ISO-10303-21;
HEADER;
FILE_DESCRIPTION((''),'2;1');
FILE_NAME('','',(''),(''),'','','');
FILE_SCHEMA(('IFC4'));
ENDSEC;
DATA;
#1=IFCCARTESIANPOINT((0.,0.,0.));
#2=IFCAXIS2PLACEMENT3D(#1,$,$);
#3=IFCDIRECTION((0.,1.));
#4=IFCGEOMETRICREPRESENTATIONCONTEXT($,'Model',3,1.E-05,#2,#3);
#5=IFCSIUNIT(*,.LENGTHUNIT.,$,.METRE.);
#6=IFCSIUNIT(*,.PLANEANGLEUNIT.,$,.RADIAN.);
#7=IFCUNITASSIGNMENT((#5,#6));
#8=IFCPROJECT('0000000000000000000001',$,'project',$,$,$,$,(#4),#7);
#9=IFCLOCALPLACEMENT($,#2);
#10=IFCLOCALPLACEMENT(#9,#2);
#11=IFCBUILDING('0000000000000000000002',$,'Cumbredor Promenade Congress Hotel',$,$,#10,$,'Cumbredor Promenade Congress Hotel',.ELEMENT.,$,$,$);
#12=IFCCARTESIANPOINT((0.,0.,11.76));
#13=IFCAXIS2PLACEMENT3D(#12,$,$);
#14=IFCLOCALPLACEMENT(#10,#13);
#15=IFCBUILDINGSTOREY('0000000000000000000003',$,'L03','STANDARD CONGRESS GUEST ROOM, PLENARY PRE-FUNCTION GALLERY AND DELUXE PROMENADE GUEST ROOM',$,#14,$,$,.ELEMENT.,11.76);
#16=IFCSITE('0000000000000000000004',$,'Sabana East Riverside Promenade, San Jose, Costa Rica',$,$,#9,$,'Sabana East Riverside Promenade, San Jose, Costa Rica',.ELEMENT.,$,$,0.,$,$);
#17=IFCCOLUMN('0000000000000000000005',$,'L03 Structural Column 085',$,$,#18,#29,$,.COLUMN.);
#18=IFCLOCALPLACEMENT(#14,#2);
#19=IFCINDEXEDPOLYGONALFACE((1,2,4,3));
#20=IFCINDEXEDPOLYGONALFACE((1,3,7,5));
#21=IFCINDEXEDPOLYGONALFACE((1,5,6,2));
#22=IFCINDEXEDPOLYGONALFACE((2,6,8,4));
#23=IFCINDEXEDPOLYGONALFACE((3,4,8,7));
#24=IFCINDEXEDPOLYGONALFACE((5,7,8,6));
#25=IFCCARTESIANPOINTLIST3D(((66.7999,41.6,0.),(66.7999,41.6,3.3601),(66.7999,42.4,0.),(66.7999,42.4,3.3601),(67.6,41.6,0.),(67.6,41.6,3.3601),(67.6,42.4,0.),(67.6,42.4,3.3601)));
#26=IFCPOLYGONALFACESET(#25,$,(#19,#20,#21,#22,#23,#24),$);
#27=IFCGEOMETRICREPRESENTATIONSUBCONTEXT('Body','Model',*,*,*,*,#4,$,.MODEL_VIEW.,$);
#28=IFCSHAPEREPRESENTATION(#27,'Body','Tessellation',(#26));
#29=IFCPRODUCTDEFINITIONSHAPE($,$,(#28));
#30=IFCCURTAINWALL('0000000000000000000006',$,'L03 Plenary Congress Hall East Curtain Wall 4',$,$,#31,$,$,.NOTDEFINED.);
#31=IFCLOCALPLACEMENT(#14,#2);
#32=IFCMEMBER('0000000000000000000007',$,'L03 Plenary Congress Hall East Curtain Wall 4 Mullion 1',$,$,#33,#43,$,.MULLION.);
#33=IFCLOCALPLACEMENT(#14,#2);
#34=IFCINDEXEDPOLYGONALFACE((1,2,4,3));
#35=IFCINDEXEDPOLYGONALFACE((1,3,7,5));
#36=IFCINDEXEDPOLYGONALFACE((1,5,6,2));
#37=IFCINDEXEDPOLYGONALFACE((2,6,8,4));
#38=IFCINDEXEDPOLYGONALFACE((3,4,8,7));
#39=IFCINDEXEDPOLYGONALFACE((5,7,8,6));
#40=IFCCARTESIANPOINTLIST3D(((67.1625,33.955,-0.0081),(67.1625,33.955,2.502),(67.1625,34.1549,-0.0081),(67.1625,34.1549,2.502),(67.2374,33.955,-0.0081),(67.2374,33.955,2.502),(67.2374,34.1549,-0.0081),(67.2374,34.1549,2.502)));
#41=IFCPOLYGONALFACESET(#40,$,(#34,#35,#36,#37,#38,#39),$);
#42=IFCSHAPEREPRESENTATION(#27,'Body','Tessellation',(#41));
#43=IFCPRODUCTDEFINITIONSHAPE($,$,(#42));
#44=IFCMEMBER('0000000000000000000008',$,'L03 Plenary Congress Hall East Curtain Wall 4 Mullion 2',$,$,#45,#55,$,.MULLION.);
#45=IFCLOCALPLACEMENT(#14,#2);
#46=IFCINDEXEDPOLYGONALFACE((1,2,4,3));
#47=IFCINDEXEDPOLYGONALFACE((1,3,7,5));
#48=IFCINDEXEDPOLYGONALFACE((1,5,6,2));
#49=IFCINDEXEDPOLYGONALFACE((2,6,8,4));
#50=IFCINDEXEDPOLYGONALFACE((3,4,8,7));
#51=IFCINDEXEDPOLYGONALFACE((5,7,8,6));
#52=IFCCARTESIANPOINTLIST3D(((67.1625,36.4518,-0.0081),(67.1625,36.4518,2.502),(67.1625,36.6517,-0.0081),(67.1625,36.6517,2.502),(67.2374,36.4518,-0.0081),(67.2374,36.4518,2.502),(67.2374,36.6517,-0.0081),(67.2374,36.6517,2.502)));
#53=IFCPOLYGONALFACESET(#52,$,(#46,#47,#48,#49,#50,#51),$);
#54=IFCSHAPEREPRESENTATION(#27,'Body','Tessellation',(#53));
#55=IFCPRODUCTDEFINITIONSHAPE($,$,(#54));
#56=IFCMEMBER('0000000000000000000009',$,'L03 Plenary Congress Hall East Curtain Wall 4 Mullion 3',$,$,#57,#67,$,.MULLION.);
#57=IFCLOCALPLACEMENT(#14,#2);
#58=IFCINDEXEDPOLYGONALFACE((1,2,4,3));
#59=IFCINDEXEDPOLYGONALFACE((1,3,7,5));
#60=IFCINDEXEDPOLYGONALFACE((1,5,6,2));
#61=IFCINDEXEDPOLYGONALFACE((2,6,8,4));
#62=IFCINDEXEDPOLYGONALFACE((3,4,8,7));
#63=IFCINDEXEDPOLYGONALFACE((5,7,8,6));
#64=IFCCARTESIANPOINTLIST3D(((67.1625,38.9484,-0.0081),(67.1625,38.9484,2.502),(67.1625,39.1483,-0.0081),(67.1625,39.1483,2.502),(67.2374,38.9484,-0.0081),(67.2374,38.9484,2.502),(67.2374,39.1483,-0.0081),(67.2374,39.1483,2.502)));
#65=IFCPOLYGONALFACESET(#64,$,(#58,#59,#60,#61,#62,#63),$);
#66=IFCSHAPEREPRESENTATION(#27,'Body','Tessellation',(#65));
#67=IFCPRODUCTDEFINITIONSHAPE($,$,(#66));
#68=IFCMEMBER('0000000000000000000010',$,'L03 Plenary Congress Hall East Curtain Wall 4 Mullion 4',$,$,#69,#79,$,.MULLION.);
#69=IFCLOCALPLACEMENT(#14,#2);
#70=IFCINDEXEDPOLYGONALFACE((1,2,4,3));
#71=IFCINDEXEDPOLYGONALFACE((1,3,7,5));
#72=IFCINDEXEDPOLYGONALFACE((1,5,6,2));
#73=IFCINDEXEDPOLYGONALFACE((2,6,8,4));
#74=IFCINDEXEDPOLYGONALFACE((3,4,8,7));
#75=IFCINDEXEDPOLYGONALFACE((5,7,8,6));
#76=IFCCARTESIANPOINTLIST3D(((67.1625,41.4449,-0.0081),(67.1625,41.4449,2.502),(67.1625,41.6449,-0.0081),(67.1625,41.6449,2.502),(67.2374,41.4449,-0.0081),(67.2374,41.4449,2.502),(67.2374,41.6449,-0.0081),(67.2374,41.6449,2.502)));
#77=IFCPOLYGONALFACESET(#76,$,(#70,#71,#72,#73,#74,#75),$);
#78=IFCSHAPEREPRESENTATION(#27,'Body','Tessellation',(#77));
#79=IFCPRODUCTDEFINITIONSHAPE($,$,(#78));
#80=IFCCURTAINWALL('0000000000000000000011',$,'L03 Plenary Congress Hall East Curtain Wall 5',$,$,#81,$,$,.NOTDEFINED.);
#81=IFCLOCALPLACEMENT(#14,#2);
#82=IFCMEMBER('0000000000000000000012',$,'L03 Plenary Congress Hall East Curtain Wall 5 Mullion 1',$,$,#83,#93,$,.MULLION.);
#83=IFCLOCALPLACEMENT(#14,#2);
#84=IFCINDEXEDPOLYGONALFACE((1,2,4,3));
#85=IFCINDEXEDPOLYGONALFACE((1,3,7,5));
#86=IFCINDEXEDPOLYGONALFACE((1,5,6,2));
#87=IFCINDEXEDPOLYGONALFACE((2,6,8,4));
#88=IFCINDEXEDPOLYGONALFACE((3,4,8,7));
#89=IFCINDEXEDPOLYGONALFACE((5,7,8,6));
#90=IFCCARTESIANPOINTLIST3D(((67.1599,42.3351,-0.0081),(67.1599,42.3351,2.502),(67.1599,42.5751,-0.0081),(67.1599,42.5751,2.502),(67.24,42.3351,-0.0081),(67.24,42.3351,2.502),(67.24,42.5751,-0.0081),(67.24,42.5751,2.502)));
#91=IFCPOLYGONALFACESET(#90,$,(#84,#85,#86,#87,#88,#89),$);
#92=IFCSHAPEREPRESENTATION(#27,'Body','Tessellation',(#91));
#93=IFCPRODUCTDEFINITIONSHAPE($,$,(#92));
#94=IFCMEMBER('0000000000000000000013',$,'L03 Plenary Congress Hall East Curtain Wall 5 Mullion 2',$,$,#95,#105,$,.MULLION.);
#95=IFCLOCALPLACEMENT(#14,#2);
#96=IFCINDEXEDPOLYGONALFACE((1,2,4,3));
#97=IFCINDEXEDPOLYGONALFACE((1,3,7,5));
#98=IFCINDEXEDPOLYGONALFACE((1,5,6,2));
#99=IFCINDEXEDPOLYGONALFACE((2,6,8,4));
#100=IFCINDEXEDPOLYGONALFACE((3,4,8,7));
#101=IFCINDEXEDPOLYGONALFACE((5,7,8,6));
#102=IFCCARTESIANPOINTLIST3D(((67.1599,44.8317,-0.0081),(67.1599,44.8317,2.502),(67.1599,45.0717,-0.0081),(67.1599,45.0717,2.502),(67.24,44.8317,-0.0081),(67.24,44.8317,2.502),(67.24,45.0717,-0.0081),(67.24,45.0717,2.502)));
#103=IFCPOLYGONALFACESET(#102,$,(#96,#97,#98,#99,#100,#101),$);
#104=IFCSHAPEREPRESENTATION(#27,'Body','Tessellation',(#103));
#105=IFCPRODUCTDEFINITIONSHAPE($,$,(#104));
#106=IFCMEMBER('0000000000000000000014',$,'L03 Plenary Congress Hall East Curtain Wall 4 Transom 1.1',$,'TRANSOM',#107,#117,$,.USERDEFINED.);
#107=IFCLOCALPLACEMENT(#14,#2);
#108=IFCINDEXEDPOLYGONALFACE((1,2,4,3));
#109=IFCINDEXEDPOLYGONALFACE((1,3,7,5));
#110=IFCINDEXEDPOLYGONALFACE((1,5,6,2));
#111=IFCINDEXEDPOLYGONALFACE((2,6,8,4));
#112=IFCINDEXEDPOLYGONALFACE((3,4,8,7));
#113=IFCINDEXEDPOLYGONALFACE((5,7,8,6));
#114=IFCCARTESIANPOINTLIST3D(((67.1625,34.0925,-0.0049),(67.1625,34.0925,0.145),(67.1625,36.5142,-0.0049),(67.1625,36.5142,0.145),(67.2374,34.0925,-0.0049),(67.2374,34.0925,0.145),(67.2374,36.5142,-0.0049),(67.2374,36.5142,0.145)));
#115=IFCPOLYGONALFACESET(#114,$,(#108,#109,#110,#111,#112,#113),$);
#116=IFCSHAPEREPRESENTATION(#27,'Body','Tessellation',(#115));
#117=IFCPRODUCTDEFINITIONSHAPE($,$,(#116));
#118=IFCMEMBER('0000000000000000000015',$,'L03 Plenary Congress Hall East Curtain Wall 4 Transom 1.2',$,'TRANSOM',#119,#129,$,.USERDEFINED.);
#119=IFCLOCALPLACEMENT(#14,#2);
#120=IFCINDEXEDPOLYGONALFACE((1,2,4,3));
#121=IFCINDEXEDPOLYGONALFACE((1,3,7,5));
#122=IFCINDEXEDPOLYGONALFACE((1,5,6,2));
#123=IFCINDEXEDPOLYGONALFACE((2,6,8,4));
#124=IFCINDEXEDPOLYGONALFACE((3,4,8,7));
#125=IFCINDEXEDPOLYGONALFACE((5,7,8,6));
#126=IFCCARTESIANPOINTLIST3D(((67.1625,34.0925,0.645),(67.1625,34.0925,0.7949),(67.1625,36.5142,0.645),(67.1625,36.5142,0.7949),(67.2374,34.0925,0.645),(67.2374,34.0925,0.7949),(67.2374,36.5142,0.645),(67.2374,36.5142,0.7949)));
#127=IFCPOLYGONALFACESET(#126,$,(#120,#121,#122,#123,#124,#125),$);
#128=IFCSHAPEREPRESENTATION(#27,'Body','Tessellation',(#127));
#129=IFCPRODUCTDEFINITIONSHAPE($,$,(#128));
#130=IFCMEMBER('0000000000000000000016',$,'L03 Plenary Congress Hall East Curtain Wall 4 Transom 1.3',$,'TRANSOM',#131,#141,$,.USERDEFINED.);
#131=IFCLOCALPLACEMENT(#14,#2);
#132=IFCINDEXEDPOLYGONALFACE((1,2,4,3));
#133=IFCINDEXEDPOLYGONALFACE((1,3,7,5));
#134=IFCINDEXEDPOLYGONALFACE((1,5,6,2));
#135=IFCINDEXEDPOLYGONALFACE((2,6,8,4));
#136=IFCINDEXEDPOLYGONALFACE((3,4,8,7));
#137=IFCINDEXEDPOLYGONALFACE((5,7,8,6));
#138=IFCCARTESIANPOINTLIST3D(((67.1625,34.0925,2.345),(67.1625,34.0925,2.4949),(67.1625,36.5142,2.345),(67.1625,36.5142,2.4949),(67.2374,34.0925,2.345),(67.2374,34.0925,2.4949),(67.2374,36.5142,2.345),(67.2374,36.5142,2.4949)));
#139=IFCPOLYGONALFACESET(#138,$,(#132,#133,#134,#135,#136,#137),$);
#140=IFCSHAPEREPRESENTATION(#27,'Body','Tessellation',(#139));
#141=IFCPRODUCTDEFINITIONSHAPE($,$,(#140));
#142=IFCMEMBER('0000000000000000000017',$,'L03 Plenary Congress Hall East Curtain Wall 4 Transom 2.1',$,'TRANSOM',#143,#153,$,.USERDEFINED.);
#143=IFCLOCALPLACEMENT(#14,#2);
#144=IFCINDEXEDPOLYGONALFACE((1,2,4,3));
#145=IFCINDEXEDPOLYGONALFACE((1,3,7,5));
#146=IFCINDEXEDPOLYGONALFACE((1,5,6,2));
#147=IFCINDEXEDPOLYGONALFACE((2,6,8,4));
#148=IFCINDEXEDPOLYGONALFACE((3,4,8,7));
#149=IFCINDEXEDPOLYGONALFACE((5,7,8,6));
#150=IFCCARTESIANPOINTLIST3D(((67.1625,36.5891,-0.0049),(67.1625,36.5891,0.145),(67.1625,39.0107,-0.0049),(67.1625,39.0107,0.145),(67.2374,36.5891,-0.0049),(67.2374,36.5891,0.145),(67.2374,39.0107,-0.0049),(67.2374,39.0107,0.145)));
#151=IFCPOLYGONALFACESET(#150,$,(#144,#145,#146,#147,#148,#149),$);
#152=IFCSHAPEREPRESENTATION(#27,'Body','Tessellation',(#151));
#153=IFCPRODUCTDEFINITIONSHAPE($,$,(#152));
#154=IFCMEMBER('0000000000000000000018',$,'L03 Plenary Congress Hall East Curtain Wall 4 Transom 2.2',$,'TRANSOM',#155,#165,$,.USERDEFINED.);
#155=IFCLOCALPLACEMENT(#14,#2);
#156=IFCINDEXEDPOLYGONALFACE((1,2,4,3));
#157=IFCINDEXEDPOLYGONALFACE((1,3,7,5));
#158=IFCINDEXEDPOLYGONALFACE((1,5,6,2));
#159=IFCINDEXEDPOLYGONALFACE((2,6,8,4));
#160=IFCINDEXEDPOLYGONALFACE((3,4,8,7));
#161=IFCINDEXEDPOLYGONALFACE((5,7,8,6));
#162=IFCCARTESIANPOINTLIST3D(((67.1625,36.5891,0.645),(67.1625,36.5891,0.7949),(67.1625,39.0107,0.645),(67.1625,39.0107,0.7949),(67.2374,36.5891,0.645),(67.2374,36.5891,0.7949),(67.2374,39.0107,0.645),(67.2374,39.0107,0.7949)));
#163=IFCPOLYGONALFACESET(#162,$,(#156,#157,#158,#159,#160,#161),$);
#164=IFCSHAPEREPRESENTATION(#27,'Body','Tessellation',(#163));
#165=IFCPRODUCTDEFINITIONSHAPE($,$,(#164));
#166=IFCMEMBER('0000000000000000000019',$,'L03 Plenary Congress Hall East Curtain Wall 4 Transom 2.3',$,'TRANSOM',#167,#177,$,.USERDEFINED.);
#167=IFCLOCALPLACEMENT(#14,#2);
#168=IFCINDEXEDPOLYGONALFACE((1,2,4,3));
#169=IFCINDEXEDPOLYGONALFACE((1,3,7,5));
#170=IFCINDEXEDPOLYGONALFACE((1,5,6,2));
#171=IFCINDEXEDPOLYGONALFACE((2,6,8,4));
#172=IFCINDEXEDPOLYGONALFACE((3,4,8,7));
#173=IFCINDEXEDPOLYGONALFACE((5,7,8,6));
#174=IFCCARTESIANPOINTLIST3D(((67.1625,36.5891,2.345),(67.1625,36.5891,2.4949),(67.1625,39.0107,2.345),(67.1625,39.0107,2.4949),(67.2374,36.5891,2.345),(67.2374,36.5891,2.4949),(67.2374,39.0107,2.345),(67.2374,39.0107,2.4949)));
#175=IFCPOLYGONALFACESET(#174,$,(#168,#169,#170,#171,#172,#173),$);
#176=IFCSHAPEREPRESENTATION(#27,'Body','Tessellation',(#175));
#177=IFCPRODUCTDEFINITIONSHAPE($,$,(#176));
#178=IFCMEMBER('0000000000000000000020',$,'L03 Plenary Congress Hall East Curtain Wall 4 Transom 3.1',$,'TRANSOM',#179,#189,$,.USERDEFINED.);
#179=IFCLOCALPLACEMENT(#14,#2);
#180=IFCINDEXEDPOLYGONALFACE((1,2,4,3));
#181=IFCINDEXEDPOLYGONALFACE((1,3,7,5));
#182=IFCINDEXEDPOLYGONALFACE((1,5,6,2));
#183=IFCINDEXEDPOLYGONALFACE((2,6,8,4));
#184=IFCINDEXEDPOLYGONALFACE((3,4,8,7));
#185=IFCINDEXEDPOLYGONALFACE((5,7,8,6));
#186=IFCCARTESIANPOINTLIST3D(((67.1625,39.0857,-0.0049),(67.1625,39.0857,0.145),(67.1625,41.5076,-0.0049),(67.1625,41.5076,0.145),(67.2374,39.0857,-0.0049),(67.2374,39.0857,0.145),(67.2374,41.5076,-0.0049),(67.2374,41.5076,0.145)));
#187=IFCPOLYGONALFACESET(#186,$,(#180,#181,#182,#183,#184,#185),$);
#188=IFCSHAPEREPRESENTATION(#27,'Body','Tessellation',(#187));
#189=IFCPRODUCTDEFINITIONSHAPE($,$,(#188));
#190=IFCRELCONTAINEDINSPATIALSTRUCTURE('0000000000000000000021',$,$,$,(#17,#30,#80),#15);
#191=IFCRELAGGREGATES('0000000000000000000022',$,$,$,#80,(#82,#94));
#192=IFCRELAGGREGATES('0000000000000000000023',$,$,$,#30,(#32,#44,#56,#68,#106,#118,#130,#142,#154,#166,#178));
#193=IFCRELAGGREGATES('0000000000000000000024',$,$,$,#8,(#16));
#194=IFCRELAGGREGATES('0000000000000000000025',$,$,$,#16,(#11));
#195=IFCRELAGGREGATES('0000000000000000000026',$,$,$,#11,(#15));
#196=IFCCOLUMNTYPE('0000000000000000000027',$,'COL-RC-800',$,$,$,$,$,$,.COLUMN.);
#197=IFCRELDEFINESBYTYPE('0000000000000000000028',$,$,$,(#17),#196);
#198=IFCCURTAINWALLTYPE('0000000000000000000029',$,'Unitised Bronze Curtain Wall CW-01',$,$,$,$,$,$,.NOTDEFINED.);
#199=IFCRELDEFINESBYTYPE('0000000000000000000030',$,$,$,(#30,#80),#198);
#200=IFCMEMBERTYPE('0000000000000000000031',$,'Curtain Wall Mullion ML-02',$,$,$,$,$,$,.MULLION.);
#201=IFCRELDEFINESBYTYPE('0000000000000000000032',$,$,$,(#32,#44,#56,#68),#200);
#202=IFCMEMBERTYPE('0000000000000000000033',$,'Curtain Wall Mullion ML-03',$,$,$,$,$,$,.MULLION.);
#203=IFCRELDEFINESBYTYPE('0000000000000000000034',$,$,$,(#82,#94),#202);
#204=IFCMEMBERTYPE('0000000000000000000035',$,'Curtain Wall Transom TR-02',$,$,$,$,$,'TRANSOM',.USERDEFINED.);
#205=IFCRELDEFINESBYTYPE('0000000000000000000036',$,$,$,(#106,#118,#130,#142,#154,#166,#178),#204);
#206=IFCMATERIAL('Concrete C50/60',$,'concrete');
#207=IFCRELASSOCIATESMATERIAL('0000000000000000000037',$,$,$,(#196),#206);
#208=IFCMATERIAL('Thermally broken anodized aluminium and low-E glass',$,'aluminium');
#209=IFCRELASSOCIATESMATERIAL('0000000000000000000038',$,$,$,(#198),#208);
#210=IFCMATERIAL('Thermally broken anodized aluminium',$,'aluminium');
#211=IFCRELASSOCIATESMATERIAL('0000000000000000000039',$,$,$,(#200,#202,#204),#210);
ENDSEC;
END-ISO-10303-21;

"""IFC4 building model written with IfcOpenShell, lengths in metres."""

from ifc_helpers import new_model, si_unit, direction, frame, origin, origin_2d, place, context, subcontext, project, spatial, rectangle, extrude, material, material_profile, profile_set, type_object, element, aggregate, save


model = new_model("IFC4")

# Units and contexts
model_context = context("Model", 3, precision=1e-05, world=origin(), true_north=direction((0.0, 1.0)))
body_context = subcontext(model_context, "Body", "Model", "MODEL_VIEW")
ifc_project = project(units=[si_unit("LENGTHUNIT", "METRE"), si_unit("PLANEANGLEUNIT", "RADIAN")], contexts=[model_context])

# Site, building, storey
site_placement = place(None, origin())
site = spatial("IfcSite", under=ifc_project, at=site_placement, Name="Sabana East Riverside Promenade, San Jose, Costa Rica", LongName="Sabana East Riverside Promenade, San Jose, Costa Rica", CompositionType="ELEMENT", RefElevation=0.0)
building_placement = place(site_placement, origin())
building = spatial("IfcBuilding", under=site, at=building_placement, Name="Cumbredor Promenade Congress Hotel", LongName="Cumbredor Promenade Congress Hotel", CompositionType="ELEMENT")
storey_placement = place(building_placement, frame((0.0, 0.0, 11.76)))
storey = spatial("IfcBuildingStorey", under=building, at=storey_placement, Name="L03", Description="STANDARD CONGRESS GUEST ROOM, PLENARY PRE-FUNCTION GALLERY AND DELUXE PROMENADE GUEST ROOM", CompositionType="ELEMENT", Elevation=11.76)

# Column
ifc_material_1 = material(Name="Concrete C50/60", Category="concrete")
ifc_material_profile_1 = material_profile(ifc_material_1, rectangle(XDim=0.8, YDim=0.8, at=origin_2d()), Name="RC 800x800")
ifc_profile_set_1 = profile_set([ifc_material_profile_1], Name="Concrete C50/60")
column_type = type_object("IfcColumnType", Name="COL-RC-800", PredefinedType="COLUMN", material=ifc_profile_set_1)
column_placement = place(storey_placement, frame((67.2, 42.0, 0.0), z_axis=(0.0, 0.0, 1.0), x_axis=(1.0, 0.0, 0.0)))
element("IfcColumn", 1, at=column_placement, inside=storey, type_object=column_type, Name="L03 Structural Column 085", PredefinedType="COLUMN", context=body_context, shape_type="SweptSolid", body=[
    extrude(rectangle(XDim=0.8, YDim=0.8, at=origin_2d()), origin(), (0.0, 0.0, 1.0), 3.3601),
])

# Curtain walls, members
ifc_material_2 = material(Name="Thermally broken anodized aluminium and low-E glass", Category="aluminium")
curtain_wall_type = type_object("IfcCurtainWallType", Name="Unitised Bronze Curtain Wall CW-01", PredefinedType="NOTDEFINED", material=ifc_material_2)
curtain_wall_1_placement = place(storey_placement, origin())
curtain_wall_1 = element("IfcCurtainWall", 2, at=curtain_wall_1_placement, inside=storey, type_object=curtain_wall_type, Name="L03 Plenary Congress Hall East Curtain Wall 4", PredefinedType="NOTDEFINED")
ifc_material_3 = material(Name="Thermally broken anodized aluminium", Category="aluminium")
ifc_material_profile_2 = material_profile(ifc_material_3, rectangle(XDim=0.075, YDim=0.2, at=origin_2d()), Name="ALU MULLION 75x200")
ifc_profile_set_2 = profile_set([ifc_material_profile_2], Name="Thermally broken anodized aluminium")
member_type_1 = type_object("IfcMemberType", Name="Curtain Wall Mullion ML-02", PredefinedType="MULLION", material=ifc_profile_set_2)
member_1_placement = place(storey_placement, frame((67.2, 34.0549, -0.0081), z_axis=(0.0, 0.0, 1.0), x_axis=(1.0, 0.0, 0.0)))
member_1 = element("IfcMember", 3, at=member_1_placement, type_object=member_type_1, Name="L03 Plenary Congress Hall East Curtain Wall 4 Mullion 1", PredefinedType="MULLION", context=body_context, shape_type="SweptSolid", body=[
    extrude(rectangle(XDim=0.075, YDim=0.2, at=origin_2d()), origin(), (0.0, 0.0, 1.0), 2.51),
])
member_2_placement = place(storey_placement, frame((67.2, 36.5518, -0.0081), z_axis=(0.0, 0.0, 1.0), x_axis=(1.0, 0.0, 0.0)))
member_2 = element("IfcMember", 4, at=member_2_placement, type_object=member_type_1, Name="L03 Plenary Congress Hall East Curtain Wall 4 Mullion 2", PredefinedType="MULLION", context=body_context, shape_type="SweptSolid", body=[
    extrude(rectangle(XDim=0.075, YDim=0.2, at=origin_2d()), origin(), (0.0, 0.0, 1.0), 2.51),
])
member_3_placement = place(storey_placement, frame((67.2, 39.0483, -0.0081), z_axis=(0.0, 0.0, 1.0), x_axis=(1.0, 0.0, 0.0)))
member_3 = element("IfcMember", 5, at=member_3_placement, type_object=member_type_1, Name="L03 Plenary Congress Hall East Curtain Wall 4 Mullion 3", PredefinedType="MULLION", context=body_context, shape_type="SweptSolid", body=[
    extrude(rectangle(XDim=0.075, YDim=0.2, at=origin_2d()), origin(), (0.0, 0.0, 1.0), 2.51),
])
member_4_placement = place(storey_placement, frame((67.2, 41.5449, -0.0081), z_axis=(0.0, 0.0, 1.0), x_axis=(1.0, 0.0, 0.0)))
member_4 = element("IfcMember", 6, at=member_4_placement, type_object=member_type_1, Name="L03 Plenary Congress Hall East Curtain Wall 4 Mullion 4", PredefinedType="MULLION", context=body_context, shape_type="SweptSolid", body=[
    extrude(rectangle(XDim=0.075, YDim=0.2, at=origin_2d()), origin(), (0.0, 0.0, 1.0), 2.51),
])
curtain_wall_2_placement = place(storey_placement, origin())
curtain_wall_2 = element("IfcCurtainWall", 7, at=curtain_wall_2_placement, inside=storey, type_object=curtain_wall_type, Name="L03 Plenary Congress Hall East Curtain Wall 5", PredefinedType="NOTDEFINED")
ifc_material_profile_3 = material_profile(ifc_material_3, rectangle(XDim=0.0801, YDim=0.24, at=origin_2d()), Name="ALU MULLION 80x240")
ifc_profile_set_3 = profile_set([ifc_material_profile_3], Name="Thermally broken anodized aluminium")
member_type_2 = type_object("IfcMemberType", Name="Curtain Wall Mullion ML-03", PredefinedType="MULLION", material=ifc_profile_set_3)
member_5_placement = place(storey_placement, frame((67.2, 42.4551, -0.0081), z_axis=(0.0, 0.0, 1.0), x_axis=(1.0, 0.0, 0.0)))
member_5 = element("IfcMember", 8, at=member_5_placement, type_object=member_type_2, Name="L03 Plenary Congress Hall East Curtain Wall 5 Mullion 1", PredefinedType="MULLION", context=body_context, shape_type="SweptSolid", body=[
    extrude(rectangle(XDim=0.0801, YDim=0.24, at=origin_2d()), origin(), (0.0, 0.0, 1.0), 2.51),
])
member_6_placement = place(storey_placement, frame((67.2, 44.9517, -0.0081), z_axis=(0.0, 0.0, 1.0), x_axis=(1.0, 0.0, 0.0)))
member_6 = element("IfcMember", 9, at=member_6_placement, type_object=member_type_2, Name="L03 Plenary Congress Hall East Curtain Wall 5 Mullion 2", PredefinedType="MULLION", context=body_context, shape_type="SweptSolid", body=[
    extrude(rectangle(XDim=0.0801, YDim=0.24, at=origin_2d()), origin(), (0.0, 0.0, 1.0), 2.51),
])

# Members
ifc_material_profile_4 = material_profile(ifc_material_3, rectangle(XDim=0.075, YDim=0.1499, at=origin_2d()), Name="ALU TRANSOM 75x150")
ifc_profile_set_4 = profile_set([ifc_material_profile_4], Name="Thermally broken anodized aluminium")
member_type_3 = type_object("IfcMemberType", Name="Curtain Wall Transom TR-02", ElementType="TRANSOM", PredefinedType="USERDEFINED", material=ifc_profile_set_4)
member_7_placement = place(storey_placement, frame((67.2, 34.0925, 0.0701), z_axis=(0.0, 1.0, 0.0), x_axis=(-1.0, 0.0, 0.0)))
member_7 = element("IfcMember", 10, at=member_7_placement, type_object=member_type_3, Name="L03 Plenary Congress Hall East Curtain Wall 4 Transom 1.1", ObjectType="TRANSOM", PredefinedType="USERDEFINED", context=body_context, shape_type="SweptSolid", body=[
    extrude(rectangle(XDim=0.075, YDim=0.1499, at=origin_2d()), origin(), (0.0, 0.0, 1.0), 2.4216),
])
member_8_placement = place(storey_placement, frame((67.2, 34.0925, 0.72), z_axis=(0.0, 1.0, 0.0), x_axis=(-1.0, 0.0, 0.0)))
member_8 = element("IfcMember", 11, at=member_8_placement, type_object=member_type_3, Name="L03 Plenary Congress Hall East Curtain Wall 4 Transom 1.2", ObjectType="TRANSOM", PredefinedType="USERDEFINED", context=body_context, shape_type="SweptSolid", body=[
    extrude(rectangle(XDim=0.075, YDim=0.1499, at=origin_2d()), origin(), (0.0, 0.0, 1.0), 2.4216),
])
member_9_placement = place(storey_placement, frame((67.2, 34.0925, 2.4199), z_axis=(0.0, 1.0, 0.0), x_axis=(-1.0, 0.0, 0.0)))
member_9 = element("IfcMember", 12, at=member_9_placement, type_object=member_type_3, Name="L03 Plenary Congress Hall East Curtain Wall 4 Transom 1.3", ObjectType="TRANSOM", PredefinedType="USERDEFINED", context=body_context, shape_type="SweptSolid", body=[
    extrude(rectangle(XDim=0.075, YDim=0.1499, at=origin_2d()), origin(), (0.0, 0.0, 1.0), 2.4216),
])
member_10_placement = place(storey_placement, frame((67.2, 36.5891, 0.0701), z_axis=(0.0, 1.0, 0.0), x_axis=(-1.0, 0.0, 0.0)))
member_10 = element("IfcMember", 13, at=member_10_placement, type_object=member_type_3, Name="L03 Plenary Congress Hall East Curtain Wall 4 Transom 2.1", ObjectType="TRANSOM", PredefinedType="USERDEFINED", context=body_context, shape_type="SweptSolid", body=[
    extrude(rectangle(XDim=0.075, YDim=0.1499, at=origin_2d()), origin(), (0.0, 0.0, 1.0), 2.4216),
])
member_11_placement = place(storey_placement, frame((67.2, 36.5891, 0.72), z_axis=(0.0, 1.0, 0.0), x_axis=(-1.0, 0.0, 0.0)))
member_11 = element("IfcMember", 14, at=member_11_placement, type_object=member_type_3, Name="L03 Plenary Congress Hall East Curtain Wall 4 Transom 2.2", ObjectType="TRANSOM", PredefinedType="USERDEFINED", context=body_context, shape_type="SweptSolid", body=[
    extrude(rectangle(XDim=0.075, YDim=0.1499, at=origin_2d()), origin(), (0.0, 0.0, 1.0), 2.4216),
])
member_12_placement = place(storey_placement, frame((67.2, 36.5891, 2.4199), z_axis=(0.0, 1.0, 0.0), x_axis=(-1.0, 0.0, 0.0)))
member_12 = element("IfcMember", 15, at=member_12_placement, type_object=member_type_3, Name="L03 Plenary Congress Hall East Curtain Wall 4 Transom 2.3", ObjectType="TRANSOM", PredefinedType="USERDEFINED", context=body_context, shape_type="SweptSolid", body=[
    extrude(rectangle(XDim=0.075, YDim=0.1499, at=origin_2d()), origin(), (0.0, 0.0, 1.0), 2.4216),
])
member_13_placement = place(storey_placement, frame((67.2, 39.0857, 0.0701), z_axis=(0.0, 1.0, 0.0), x_axis=(-1.0, 0.0, 0.0)))
member_13 = element("IfcMember", 16, at=member_13_placement, type_object=member_type_3, Name="L03 Plenary Congress Hall East Curtain Wall 4 Transom 3.1", ObjectType="TRANSOM", PredefinedType="USERDEFINED", context=body_context, shape_type="SweptSolid", body=[
    extrude(rectangle(XDim=0.075, YDim=0.1499, at=origin_2d()), origin(), (0.0, 0.0, 1.0), 2.4219),
])

aggregate(curtain_wall_2, [member_5, member_6])
aggregate(curtain_wall_1, [member_1, member_2, member_3, member_4, member_7, member_8, member_9, member_10, member_11, member_12, member_13])

save(model, "model.ifc")
